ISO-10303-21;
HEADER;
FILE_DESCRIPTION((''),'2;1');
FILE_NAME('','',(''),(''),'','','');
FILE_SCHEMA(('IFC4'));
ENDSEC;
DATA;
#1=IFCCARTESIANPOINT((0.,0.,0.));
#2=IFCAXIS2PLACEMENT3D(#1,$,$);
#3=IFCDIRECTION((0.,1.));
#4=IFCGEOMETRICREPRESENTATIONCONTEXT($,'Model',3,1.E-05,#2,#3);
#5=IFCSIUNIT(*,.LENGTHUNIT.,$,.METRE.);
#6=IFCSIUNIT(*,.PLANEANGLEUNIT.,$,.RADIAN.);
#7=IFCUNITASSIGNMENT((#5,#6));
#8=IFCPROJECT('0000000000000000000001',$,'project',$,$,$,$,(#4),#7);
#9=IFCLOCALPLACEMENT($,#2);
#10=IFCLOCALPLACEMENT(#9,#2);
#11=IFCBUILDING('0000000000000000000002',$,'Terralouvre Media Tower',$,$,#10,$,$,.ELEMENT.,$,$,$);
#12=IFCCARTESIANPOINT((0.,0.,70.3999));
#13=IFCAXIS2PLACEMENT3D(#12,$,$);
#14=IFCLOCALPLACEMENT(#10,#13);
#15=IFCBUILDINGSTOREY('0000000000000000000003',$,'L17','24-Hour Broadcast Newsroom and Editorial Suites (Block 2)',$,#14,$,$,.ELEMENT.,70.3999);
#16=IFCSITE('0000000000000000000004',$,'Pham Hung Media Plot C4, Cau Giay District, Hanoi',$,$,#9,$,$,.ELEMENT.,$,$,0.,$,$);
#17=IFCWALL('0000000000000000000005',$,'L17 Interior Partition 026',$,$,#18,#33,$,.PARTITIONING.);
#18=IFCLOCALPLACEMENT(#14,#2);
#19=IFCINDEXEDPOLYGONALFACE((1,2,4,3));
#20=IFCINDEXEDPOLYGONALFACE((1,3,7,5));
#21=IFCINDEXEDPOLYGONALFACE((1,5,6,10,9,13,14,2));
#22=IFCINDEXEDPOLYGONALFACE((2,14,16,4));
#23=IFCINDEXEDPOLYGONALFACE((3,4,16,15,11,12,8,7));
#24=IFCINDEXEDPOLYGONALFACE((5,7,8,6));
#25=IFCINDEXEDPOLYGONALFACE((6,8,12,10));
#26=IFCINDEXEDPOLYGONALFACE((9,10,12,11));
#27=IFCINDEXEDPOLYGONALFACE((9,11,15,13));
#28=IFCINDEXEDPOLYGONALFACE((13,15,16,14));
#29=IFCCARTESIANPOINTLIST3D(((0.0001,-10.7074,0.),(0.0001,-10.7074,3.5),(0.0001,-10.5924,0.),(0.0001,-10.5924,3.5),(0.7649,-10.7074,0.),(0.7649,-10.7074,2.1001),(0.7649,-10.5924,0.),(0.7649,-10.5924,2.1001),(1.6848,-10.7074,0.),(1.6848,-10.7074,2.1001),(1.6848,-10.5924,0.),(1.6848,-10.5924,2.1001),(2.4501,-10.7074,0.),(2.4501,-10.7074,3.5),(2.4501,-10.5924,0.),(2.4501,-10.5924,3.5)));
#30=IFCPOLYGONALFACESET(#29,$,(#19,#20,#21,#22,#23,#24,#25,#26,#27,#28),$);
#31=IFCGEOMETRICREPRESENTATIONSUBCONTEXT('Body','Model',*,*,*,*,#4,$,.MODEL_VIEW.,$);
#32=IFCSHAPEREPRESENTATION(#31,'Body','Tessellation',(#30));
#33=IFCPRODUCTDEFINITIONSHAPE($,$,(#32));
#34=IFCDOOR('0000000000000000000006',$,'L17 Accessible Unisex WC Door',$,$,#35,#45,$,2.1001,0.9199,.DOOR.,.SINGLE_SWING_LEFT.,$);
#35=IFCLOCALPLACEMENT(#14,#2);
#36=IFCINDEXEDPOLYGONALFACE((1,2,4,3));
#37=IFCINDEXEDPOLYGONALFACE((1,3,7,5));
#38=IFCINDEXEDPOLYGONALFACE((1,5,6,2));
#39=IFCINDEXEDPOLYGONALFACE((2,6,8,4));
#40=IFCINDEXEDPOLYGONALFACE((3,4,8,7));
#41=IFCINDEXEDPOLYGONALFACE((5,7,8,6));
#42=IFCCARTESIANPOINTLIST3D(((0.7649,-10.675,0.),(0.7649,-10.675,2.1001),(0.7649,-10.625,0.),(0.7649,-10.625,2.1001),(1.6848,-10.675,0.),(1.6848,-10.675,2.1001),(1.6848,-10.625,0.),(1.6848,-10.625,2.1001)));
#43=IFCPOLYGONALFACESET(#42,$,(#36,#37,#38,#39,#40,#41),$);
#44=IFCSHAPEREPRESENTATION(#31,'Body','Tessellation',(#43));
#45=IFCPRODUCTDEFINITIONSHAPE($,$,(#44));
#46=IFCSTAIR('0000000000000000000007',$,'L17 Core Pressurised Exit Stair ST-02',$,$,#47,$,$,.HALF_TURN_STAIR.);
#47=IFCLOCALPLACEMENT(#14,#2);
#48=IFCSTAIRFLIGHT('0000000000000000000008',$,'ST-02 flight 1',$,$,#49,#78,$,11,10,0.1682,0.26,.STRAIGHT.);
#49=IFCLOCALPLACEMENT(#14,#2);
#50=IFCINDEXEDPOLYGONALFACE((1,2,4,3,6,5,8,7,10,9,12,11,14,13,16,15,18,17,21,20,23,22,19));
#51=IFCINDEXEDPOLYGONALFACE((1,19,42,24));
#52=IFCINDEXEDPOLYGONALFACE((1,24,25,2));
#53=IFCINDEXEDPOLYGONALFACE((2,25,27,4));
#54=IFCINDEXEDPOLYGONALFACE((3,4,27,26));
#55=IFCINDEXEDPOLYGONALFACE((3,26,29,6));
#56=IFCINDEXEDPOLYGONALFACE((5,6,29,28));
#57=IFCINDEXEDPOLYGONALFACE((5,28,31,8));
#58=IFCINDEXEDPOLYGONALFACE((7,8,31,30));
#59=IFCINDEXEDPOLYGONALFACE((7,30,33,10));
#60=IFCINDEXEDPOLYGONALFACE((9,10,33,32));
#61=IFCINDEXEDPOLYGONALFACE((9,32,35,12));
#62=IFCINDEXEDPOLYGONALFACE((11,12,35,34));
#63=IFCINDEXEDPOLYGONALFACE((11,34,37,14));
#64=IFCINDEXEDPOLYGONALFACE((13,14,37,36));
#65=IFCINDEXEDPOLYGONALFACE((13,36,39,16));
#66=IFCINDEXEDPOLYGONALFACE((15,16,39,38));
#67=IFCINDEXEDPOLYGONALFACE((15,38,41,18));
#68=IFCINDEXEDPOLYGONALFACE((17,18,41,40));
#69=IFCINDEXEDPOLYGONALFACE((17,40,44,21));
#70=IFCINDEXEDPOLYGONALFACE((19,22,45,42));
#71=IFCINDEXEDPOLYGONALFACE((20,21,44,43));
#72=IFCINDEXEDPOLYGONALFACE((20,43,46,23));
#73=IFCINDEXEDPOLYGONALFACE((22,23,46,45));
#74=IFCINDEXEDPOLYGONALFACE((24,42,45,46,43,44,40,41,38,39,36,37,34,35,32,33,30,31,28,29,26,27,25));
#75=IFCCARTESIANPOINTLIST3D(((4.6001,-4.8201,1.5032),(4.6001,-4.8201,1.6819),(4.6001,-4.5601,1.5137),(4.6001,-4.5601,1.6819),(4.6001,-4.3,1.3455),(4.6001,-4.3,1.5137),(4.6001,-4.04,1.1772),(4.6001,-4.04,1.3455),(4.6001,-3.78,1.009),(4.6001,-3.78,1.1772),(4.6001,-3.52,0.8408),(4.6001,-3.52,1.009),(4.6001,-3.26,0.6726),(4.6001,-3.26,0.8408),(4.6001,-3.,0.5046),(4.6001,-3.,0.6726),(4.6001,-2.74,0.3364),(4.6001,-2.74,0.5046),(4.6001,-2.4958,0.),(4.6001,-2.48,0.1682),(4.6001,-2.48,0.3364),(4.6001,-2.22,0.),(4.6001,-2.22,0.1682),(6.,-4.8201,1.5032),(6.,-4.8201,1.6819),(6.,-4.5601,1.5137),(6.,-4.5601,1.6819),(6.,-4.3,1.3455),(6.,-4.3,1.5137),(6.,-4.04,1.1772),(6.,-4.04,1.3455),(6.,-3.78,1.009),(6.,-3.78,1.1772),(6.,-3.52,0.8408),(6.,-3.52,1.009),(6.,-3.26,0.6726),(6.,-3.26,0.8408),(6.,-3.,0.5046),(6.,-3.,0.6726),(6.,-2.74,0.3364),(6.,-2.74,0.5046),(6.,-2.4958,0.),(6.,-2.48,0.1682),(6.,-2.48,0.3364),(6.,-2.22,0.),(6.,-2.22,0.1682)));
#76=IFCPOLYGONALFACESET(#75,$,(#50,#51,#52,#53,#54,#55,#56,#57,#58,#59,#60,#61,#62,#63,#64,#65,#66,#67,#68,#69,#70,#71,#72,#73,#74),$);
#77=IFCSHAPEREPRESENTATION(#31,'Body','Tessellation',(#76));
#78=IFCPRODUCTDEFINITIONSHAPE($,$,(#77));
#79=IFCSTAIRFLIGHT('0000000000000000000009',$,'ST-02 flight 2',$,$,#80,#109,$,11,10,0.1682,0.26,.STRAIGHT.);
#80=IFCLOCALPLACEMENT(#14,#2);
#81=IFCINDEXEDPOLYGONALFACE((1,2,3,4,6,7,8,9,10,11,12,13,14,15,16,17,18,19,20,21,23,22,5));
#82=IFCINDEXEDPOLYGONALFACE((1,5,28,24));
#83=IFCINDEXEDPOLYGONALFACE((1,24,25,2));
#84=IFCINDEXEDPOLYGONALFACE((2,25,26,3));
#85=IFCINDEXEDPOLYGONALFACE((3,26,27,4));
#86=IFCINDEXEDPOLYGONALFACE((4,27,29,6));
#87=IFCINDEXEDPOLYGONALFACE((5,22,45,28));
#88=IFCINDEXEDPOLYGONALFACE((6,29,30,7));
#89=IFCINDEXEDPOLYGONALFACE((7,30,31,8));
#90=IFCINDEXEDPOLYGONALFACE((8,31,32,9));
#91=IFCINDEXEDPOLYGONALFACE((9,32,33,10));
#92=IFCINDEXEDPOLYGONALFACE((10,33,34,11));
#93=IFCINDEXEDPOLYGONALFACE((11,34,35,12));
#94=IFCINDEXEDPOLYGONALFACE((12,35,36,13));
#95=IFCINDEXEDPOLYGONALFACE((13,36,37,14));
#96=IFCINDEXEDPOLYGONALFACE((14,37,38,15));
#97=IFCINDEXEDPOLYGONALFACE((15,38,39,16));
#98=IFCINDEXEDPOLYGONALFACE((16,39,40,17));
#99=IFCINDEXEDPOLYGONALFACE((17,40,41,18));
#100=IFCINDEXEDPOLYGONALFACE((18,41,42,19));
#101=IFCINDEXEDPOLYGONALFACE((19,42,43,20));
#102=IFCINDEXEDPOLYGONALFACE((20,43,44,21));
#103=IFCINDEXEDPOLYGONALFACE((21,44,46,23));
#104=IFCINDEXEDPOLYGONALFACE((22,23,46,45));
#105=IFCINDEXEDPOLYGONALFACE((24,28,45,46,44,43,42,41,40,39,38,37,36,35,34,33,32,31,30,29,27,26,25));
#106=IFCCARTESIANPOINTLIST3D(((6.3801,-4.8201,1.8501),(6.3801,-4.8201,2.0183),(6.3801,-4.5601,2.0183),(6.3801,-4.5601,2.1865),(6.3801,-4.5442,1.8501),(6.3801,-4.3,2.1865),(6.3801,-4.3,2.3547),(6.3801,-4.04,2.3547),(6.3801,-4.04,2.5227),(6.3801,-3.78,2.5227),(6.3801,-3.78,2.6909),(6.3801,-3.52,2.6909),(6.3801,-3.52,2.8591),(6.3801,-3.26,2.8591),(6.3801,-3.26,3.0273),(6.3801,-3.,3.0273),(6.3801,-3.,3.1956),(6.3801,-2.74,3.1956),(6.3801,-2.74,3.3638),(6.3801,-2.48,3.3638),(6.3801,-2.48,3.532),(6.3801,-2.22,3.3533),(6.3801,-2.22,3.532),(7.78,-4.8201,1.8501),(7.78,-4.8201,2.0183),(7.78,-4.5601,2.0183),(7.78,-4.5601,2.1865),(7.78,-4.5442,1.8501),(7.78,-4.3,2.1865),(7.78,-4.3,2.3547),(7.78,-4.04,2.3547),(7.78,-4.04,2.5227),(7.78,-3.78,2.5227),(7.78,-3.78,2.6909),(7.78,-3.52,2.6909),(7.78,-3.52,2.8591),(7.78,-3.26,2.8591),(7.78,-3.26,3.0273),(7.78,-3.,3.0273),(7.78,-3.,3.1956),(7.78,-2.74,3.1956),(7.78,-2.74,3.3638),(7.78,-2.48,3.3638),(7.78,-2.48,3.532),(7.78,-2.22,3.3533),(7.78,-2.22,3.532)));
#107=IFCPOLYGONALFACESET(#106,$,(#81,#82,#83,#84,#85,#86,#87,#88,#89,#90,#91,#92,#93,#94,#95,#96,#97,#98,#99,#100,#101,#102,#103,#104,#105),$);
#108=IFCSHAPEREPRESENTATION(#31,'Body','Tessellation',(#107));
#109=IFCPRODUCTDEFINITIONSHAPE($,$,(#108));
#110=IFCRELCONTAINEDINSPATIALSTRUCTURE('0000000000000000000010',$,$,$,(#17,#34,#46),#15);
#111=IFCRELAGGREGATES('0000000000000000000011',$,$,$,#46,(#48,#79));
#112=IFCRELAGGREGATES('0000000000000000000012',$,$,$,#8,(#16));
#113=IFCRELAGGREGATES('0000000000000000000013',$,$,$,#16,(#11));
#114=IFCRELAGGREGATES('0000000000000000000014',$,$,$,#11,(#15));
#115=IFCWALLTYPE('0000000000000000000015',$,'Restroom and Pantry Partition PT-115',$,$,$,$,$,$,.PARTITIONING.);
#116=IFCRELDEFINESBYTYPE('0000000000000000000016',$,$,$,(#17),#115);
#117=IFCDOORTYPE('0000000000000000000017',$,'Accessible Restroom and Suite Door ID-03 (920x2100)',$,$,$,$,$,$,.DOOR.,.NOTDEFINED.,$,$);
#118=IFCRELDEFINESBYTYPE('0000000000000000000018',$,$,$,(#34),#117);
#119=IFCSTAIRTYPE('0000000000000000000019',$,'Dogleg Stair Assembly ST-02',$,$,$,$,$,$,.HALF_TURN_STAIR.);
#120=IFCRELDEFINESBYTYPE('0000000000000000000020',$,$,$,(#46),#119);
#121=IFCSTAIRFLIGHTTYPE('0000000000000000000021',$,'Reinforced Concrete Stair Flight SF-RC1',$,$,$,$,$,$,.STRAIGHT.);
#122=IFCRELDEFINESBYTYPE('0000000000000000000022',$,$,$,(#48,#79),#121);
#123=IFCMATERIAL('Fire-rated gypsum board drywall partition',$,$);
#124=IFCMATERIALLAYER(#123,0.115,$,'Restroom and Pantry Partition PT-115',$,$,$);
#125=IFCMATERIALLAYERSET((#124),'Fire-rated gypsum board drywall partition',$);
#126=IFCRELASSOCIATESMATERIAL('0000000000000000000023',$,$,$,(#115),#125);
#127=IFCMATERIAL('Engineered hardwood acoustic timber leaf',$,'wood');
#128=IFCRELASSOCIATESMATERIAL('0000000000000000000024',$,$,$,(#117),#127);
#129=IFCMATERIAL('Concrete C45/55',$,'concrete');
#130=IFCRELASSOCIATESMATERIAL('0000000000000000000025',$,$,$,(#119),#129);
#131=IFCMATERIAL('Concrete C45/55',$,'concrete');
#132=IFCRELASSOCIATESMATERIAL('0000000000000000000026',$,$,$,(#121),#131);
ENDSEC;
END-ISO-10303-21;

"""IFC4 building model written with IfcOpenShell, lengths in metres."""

from ifc_helpers import new_model, si_unit, direction, frame, frame_2d, origin, place, context, subcontext, project, spatial, polyline, rectangle, outline, extrude, material, layer, layer_set, type_object, element, fill, aggregate, save


model = new_model("IFC4")

# Units and contexts
model_context = context("Model", 3, precision=1e-05, world=origin(), true_north=direction((0.0, 1.0)))
body_context = subcontext(model_context, "Body", "Model", "MODEL_VIEW")
ifc_project = project(units=[si_unit("LENGTHUNIT", "METRE"), si_unit("PLANEANGLEUNIT", "RADIAN")], contexts=[model_context])

# Site, building, storey
site_placement = place(None, origin())
site = spatial("IfcSite", under=ifc_project, at=site_placement, Name="Pham Hung Media Plot C4, Cau Giay District, Hanoi", CompositionType="ELEMENT", RefElevation=0.0)
building_placement = place(site_placement, origin())
building = spatial("IfcBuilding", under=site, at=building_placement, Name="Terralouvre Media Tower", CompositionType="ELEMENT")
storey_placement = place(building_placement, frame((0.0, 0.0, 70.3999)))
storey = spatial("IfcBuildingStorey", under=building, at=storey_placement, Name="L17", Description="24-Hour Broadcast Newsroom and Editorial Suites (Block 2)", CompositionType="ELEMENT", Elevation=70.3999)

# Wall, opening, door
ifc_material_1 = material(Name="Fire-rated gypsum board drywall partition")
ifc_layer_1 = layer(ifc_material_1, 0.115, Name="Restroom and Pantry Partition PT-115")
ifc_layer_set_1 = layer_set([ifc_layer_1], Name="Fire-rated gypsum board drywall partition")
wall_type_1 = type_object("IfcWallType", Name="Restroom and Pantry Partition PT-115", PredefinedType="PARTITIONING", material=ifc_layer_set_1)
wall_1_placement = place(storey_placement, frame((0.0, -10.6499, 0.0), z_axis=(0.0, 0.0, 1.0), x_axis=(1.0, 0.0, 0.0)))
wall_1 = element("IfcWall", 1, at=wall_1_placement, inside=storey, type_object=wall_type_1, Name="L17 Interior Partition 026", PredefinedType="PARTITIONING", context=body_context, shape_type="SweptSolid", body=[
    extrude(rectangle(XDim=2.45, YDim=0.115, at=frame_2d((1.2251, 0.0))), origin(), (0.0, 0.0, 1.0), 3.5),
])
opening_1_placement = place(wall_1_placement, frame((0.7649, 0.0, 0.0)))
opening_1 = element("IfcOpeningElement", 2, at=opening_1_placement, cuts=wall_1, PredefinedType="OPENING", context=body_context, shape_type="SweptSolid", body=[
    extrude(rectangle(XDim=0.9199, YDim=2.1001, at=frame_2d((0.46, 1.05))), frame((0.0, 0.0674, 0.0), z_axis=(0.0, -1.0, 0.0), x_axis=(1.0, 0.0, 0.0)), (0.0, 0.0, 1.0), 0.135),
])
ifc_material_2 = material(Name="Engineered hardwood acoustic timber leaf", Category="wood")
door_type_1 = type_object("IfcDoorType", Name="Accessible Restroom and Suite Door ID-03 (920x2100)", OperationType="NOTDEFINED", PredefinedType="DOOR", material=ifc_material_2)
door_1_placement = place(opening_1_placement, origin())
door_1 = element("IfcDoor", 3, at=door_1_placement, inside=storey, type_object=door_type_1, Name="L17 Accessible Unisex WC Door", OperationType="SINGLE_SWING_LEFT", OverallHeight=2.1001, OverallWidth=0.9199, PredefinedType="DOOR", context=body_context, shape_type="SweptSolid", body=[
    extrude(rectangle(XDim=0.9199, YDim=2.1001, at=frame_2d((0.46, 1.05))), frame((0.0, 0.0249, 0.0), z_axis=(0.0, -1.0, 0.0), x_axis=(1.0, 0.0, 0.0)), (0.0, 0.0, 1.0), 0.05),
])
fill(opening_1, door_1)

# Stair, stair flights
ifc_material_3 = material(Name="Concrete C45/55", Category="concrete")
stair_type = type_object("IfcStairType", Name="Dogleg Stair Assembly ST-02", PredefinedType="HALF_TURN_STAIR", material=ifc_material_3)
stair_placement = place(storey_placement, origin())
stair = element("IfcStair", 4, at=stair_placement, inside=storey, type_object=stair_type, Name="L17 Core Pressurised Exit Stair ST-02", PredefinedType="HALF_TURN_STAIR")
ifc_material_4 = material(Name="Concrete C45/55", Category="concrete")
stair_flight_type = type_object("IfcStairFlightType", Name="Reinforced Concrete Stair Flight SF-RC1", PredefinedType="STRAIGHT", material=ifc_material_4)
stair_flight_1_placement = place(storey_placement, frame((5.3, -2.22, 0.0), z_axis=(0.0, 0.0, 1.0), x_axis=(0.0, -1.0, 0.0)))
stair_flight_1 = element("IfcStairFlight", 5, at=stair_flight_1_placement, type_object=stair_flight_type, Name="ST-02 flight 1", NumberOfRisers=11, NumberOfTreads=10, PredefinedType="STRAIGHT", RiserHeight=0.1682, TreadLength=0.26, context=body_context, shape_type="SweptSolid", body=[
    extrude(outline(polyline([(0.0, 0.0), (0.0, 0.1682), (0.26, 0.1682), (0.26, 0.3364), (0.52, 0.3364), (0.52, 0.5046), (0.78, 0.5046), (0.78, 0.6726), (1.04, 0.6726), (1.04, 0.8408), (1.3, 0.8408), (1.3, 1.009), (1.5601, 1.009), (1.5601, 1.1772), (1.8201, 1.1772), (1.8201, 1.3455), (2.0801, 1.3455), (2.0801, 1.5137), (2.3401, 1.5137), (2.3401, 1.6819), (2.6001, 1.6819), (2.6001, 1.8501), (2.6001, 1.5032), (0.2759, 0.0), (0.0, 0.0)])), frame((0.0, 0.7, 0.0), z_axis=(0.0, -1.0, 0.0), x_axis=(1.0, 0.0, 0.0)), (0.0, 0.0, 1.0), 1.3999),
])
stair_flight_2_placement = place(storey_placement, frame((7.0801, -4.8201, 1.8501), z_axis=(0.0, 0.0, 1.0), x_axis=(0.0, 1.0, 0.0)))
stair_flight_2 = element("IfcStairFlight", 6, at=stair_flight_2_placement, type_object=stair_flight_type, Name="ST-02 flight 2", NumberOfRisers=11, NumberOfTreads=10, PredefinedType="STRAIGHT", RiserHeight=0.1682, TreadLength=0.26, context=body_context, shape_type="SweptSolid", body=[
    extrude(outline(polyline([(0.0, 0.0), (0.0, 0.1682), (0.26, 0.1682), (0.26, 0.3364), (0.52, 0.3364), (0.52, 0.5046), (0.78, 0.5046), (0.78, 0.6726), (1.04, 0.6726), (1.04, 0.8408), (1.3, 0.8408), (1.3, 1.009), (1.5601, 1.009), (1.5601, 1.1772), (1.8201, 1.1772), (1.8201, 1.3455), (2.0801, 1.3455), (2.0801, 1.5137), (2.3401, 1.5137), (2.3401, 1.6819), (2.6001, 1.6819), (2.6001, 1.8501), (2.6001, 1.5032), (0.2759, 0.0), (0.0, 0.0)])), frame((0.0, 0.7, 0.0), z_axis=(0.0, -1.0, 0.0), x_axis=(1.0, 0.0, 0.0)), (0.0, 0.0, 1.0), 1.3999),
])
aggregate(stair, [stair_flight_1, stair_flight_2])

save(model, "model.ifc")
